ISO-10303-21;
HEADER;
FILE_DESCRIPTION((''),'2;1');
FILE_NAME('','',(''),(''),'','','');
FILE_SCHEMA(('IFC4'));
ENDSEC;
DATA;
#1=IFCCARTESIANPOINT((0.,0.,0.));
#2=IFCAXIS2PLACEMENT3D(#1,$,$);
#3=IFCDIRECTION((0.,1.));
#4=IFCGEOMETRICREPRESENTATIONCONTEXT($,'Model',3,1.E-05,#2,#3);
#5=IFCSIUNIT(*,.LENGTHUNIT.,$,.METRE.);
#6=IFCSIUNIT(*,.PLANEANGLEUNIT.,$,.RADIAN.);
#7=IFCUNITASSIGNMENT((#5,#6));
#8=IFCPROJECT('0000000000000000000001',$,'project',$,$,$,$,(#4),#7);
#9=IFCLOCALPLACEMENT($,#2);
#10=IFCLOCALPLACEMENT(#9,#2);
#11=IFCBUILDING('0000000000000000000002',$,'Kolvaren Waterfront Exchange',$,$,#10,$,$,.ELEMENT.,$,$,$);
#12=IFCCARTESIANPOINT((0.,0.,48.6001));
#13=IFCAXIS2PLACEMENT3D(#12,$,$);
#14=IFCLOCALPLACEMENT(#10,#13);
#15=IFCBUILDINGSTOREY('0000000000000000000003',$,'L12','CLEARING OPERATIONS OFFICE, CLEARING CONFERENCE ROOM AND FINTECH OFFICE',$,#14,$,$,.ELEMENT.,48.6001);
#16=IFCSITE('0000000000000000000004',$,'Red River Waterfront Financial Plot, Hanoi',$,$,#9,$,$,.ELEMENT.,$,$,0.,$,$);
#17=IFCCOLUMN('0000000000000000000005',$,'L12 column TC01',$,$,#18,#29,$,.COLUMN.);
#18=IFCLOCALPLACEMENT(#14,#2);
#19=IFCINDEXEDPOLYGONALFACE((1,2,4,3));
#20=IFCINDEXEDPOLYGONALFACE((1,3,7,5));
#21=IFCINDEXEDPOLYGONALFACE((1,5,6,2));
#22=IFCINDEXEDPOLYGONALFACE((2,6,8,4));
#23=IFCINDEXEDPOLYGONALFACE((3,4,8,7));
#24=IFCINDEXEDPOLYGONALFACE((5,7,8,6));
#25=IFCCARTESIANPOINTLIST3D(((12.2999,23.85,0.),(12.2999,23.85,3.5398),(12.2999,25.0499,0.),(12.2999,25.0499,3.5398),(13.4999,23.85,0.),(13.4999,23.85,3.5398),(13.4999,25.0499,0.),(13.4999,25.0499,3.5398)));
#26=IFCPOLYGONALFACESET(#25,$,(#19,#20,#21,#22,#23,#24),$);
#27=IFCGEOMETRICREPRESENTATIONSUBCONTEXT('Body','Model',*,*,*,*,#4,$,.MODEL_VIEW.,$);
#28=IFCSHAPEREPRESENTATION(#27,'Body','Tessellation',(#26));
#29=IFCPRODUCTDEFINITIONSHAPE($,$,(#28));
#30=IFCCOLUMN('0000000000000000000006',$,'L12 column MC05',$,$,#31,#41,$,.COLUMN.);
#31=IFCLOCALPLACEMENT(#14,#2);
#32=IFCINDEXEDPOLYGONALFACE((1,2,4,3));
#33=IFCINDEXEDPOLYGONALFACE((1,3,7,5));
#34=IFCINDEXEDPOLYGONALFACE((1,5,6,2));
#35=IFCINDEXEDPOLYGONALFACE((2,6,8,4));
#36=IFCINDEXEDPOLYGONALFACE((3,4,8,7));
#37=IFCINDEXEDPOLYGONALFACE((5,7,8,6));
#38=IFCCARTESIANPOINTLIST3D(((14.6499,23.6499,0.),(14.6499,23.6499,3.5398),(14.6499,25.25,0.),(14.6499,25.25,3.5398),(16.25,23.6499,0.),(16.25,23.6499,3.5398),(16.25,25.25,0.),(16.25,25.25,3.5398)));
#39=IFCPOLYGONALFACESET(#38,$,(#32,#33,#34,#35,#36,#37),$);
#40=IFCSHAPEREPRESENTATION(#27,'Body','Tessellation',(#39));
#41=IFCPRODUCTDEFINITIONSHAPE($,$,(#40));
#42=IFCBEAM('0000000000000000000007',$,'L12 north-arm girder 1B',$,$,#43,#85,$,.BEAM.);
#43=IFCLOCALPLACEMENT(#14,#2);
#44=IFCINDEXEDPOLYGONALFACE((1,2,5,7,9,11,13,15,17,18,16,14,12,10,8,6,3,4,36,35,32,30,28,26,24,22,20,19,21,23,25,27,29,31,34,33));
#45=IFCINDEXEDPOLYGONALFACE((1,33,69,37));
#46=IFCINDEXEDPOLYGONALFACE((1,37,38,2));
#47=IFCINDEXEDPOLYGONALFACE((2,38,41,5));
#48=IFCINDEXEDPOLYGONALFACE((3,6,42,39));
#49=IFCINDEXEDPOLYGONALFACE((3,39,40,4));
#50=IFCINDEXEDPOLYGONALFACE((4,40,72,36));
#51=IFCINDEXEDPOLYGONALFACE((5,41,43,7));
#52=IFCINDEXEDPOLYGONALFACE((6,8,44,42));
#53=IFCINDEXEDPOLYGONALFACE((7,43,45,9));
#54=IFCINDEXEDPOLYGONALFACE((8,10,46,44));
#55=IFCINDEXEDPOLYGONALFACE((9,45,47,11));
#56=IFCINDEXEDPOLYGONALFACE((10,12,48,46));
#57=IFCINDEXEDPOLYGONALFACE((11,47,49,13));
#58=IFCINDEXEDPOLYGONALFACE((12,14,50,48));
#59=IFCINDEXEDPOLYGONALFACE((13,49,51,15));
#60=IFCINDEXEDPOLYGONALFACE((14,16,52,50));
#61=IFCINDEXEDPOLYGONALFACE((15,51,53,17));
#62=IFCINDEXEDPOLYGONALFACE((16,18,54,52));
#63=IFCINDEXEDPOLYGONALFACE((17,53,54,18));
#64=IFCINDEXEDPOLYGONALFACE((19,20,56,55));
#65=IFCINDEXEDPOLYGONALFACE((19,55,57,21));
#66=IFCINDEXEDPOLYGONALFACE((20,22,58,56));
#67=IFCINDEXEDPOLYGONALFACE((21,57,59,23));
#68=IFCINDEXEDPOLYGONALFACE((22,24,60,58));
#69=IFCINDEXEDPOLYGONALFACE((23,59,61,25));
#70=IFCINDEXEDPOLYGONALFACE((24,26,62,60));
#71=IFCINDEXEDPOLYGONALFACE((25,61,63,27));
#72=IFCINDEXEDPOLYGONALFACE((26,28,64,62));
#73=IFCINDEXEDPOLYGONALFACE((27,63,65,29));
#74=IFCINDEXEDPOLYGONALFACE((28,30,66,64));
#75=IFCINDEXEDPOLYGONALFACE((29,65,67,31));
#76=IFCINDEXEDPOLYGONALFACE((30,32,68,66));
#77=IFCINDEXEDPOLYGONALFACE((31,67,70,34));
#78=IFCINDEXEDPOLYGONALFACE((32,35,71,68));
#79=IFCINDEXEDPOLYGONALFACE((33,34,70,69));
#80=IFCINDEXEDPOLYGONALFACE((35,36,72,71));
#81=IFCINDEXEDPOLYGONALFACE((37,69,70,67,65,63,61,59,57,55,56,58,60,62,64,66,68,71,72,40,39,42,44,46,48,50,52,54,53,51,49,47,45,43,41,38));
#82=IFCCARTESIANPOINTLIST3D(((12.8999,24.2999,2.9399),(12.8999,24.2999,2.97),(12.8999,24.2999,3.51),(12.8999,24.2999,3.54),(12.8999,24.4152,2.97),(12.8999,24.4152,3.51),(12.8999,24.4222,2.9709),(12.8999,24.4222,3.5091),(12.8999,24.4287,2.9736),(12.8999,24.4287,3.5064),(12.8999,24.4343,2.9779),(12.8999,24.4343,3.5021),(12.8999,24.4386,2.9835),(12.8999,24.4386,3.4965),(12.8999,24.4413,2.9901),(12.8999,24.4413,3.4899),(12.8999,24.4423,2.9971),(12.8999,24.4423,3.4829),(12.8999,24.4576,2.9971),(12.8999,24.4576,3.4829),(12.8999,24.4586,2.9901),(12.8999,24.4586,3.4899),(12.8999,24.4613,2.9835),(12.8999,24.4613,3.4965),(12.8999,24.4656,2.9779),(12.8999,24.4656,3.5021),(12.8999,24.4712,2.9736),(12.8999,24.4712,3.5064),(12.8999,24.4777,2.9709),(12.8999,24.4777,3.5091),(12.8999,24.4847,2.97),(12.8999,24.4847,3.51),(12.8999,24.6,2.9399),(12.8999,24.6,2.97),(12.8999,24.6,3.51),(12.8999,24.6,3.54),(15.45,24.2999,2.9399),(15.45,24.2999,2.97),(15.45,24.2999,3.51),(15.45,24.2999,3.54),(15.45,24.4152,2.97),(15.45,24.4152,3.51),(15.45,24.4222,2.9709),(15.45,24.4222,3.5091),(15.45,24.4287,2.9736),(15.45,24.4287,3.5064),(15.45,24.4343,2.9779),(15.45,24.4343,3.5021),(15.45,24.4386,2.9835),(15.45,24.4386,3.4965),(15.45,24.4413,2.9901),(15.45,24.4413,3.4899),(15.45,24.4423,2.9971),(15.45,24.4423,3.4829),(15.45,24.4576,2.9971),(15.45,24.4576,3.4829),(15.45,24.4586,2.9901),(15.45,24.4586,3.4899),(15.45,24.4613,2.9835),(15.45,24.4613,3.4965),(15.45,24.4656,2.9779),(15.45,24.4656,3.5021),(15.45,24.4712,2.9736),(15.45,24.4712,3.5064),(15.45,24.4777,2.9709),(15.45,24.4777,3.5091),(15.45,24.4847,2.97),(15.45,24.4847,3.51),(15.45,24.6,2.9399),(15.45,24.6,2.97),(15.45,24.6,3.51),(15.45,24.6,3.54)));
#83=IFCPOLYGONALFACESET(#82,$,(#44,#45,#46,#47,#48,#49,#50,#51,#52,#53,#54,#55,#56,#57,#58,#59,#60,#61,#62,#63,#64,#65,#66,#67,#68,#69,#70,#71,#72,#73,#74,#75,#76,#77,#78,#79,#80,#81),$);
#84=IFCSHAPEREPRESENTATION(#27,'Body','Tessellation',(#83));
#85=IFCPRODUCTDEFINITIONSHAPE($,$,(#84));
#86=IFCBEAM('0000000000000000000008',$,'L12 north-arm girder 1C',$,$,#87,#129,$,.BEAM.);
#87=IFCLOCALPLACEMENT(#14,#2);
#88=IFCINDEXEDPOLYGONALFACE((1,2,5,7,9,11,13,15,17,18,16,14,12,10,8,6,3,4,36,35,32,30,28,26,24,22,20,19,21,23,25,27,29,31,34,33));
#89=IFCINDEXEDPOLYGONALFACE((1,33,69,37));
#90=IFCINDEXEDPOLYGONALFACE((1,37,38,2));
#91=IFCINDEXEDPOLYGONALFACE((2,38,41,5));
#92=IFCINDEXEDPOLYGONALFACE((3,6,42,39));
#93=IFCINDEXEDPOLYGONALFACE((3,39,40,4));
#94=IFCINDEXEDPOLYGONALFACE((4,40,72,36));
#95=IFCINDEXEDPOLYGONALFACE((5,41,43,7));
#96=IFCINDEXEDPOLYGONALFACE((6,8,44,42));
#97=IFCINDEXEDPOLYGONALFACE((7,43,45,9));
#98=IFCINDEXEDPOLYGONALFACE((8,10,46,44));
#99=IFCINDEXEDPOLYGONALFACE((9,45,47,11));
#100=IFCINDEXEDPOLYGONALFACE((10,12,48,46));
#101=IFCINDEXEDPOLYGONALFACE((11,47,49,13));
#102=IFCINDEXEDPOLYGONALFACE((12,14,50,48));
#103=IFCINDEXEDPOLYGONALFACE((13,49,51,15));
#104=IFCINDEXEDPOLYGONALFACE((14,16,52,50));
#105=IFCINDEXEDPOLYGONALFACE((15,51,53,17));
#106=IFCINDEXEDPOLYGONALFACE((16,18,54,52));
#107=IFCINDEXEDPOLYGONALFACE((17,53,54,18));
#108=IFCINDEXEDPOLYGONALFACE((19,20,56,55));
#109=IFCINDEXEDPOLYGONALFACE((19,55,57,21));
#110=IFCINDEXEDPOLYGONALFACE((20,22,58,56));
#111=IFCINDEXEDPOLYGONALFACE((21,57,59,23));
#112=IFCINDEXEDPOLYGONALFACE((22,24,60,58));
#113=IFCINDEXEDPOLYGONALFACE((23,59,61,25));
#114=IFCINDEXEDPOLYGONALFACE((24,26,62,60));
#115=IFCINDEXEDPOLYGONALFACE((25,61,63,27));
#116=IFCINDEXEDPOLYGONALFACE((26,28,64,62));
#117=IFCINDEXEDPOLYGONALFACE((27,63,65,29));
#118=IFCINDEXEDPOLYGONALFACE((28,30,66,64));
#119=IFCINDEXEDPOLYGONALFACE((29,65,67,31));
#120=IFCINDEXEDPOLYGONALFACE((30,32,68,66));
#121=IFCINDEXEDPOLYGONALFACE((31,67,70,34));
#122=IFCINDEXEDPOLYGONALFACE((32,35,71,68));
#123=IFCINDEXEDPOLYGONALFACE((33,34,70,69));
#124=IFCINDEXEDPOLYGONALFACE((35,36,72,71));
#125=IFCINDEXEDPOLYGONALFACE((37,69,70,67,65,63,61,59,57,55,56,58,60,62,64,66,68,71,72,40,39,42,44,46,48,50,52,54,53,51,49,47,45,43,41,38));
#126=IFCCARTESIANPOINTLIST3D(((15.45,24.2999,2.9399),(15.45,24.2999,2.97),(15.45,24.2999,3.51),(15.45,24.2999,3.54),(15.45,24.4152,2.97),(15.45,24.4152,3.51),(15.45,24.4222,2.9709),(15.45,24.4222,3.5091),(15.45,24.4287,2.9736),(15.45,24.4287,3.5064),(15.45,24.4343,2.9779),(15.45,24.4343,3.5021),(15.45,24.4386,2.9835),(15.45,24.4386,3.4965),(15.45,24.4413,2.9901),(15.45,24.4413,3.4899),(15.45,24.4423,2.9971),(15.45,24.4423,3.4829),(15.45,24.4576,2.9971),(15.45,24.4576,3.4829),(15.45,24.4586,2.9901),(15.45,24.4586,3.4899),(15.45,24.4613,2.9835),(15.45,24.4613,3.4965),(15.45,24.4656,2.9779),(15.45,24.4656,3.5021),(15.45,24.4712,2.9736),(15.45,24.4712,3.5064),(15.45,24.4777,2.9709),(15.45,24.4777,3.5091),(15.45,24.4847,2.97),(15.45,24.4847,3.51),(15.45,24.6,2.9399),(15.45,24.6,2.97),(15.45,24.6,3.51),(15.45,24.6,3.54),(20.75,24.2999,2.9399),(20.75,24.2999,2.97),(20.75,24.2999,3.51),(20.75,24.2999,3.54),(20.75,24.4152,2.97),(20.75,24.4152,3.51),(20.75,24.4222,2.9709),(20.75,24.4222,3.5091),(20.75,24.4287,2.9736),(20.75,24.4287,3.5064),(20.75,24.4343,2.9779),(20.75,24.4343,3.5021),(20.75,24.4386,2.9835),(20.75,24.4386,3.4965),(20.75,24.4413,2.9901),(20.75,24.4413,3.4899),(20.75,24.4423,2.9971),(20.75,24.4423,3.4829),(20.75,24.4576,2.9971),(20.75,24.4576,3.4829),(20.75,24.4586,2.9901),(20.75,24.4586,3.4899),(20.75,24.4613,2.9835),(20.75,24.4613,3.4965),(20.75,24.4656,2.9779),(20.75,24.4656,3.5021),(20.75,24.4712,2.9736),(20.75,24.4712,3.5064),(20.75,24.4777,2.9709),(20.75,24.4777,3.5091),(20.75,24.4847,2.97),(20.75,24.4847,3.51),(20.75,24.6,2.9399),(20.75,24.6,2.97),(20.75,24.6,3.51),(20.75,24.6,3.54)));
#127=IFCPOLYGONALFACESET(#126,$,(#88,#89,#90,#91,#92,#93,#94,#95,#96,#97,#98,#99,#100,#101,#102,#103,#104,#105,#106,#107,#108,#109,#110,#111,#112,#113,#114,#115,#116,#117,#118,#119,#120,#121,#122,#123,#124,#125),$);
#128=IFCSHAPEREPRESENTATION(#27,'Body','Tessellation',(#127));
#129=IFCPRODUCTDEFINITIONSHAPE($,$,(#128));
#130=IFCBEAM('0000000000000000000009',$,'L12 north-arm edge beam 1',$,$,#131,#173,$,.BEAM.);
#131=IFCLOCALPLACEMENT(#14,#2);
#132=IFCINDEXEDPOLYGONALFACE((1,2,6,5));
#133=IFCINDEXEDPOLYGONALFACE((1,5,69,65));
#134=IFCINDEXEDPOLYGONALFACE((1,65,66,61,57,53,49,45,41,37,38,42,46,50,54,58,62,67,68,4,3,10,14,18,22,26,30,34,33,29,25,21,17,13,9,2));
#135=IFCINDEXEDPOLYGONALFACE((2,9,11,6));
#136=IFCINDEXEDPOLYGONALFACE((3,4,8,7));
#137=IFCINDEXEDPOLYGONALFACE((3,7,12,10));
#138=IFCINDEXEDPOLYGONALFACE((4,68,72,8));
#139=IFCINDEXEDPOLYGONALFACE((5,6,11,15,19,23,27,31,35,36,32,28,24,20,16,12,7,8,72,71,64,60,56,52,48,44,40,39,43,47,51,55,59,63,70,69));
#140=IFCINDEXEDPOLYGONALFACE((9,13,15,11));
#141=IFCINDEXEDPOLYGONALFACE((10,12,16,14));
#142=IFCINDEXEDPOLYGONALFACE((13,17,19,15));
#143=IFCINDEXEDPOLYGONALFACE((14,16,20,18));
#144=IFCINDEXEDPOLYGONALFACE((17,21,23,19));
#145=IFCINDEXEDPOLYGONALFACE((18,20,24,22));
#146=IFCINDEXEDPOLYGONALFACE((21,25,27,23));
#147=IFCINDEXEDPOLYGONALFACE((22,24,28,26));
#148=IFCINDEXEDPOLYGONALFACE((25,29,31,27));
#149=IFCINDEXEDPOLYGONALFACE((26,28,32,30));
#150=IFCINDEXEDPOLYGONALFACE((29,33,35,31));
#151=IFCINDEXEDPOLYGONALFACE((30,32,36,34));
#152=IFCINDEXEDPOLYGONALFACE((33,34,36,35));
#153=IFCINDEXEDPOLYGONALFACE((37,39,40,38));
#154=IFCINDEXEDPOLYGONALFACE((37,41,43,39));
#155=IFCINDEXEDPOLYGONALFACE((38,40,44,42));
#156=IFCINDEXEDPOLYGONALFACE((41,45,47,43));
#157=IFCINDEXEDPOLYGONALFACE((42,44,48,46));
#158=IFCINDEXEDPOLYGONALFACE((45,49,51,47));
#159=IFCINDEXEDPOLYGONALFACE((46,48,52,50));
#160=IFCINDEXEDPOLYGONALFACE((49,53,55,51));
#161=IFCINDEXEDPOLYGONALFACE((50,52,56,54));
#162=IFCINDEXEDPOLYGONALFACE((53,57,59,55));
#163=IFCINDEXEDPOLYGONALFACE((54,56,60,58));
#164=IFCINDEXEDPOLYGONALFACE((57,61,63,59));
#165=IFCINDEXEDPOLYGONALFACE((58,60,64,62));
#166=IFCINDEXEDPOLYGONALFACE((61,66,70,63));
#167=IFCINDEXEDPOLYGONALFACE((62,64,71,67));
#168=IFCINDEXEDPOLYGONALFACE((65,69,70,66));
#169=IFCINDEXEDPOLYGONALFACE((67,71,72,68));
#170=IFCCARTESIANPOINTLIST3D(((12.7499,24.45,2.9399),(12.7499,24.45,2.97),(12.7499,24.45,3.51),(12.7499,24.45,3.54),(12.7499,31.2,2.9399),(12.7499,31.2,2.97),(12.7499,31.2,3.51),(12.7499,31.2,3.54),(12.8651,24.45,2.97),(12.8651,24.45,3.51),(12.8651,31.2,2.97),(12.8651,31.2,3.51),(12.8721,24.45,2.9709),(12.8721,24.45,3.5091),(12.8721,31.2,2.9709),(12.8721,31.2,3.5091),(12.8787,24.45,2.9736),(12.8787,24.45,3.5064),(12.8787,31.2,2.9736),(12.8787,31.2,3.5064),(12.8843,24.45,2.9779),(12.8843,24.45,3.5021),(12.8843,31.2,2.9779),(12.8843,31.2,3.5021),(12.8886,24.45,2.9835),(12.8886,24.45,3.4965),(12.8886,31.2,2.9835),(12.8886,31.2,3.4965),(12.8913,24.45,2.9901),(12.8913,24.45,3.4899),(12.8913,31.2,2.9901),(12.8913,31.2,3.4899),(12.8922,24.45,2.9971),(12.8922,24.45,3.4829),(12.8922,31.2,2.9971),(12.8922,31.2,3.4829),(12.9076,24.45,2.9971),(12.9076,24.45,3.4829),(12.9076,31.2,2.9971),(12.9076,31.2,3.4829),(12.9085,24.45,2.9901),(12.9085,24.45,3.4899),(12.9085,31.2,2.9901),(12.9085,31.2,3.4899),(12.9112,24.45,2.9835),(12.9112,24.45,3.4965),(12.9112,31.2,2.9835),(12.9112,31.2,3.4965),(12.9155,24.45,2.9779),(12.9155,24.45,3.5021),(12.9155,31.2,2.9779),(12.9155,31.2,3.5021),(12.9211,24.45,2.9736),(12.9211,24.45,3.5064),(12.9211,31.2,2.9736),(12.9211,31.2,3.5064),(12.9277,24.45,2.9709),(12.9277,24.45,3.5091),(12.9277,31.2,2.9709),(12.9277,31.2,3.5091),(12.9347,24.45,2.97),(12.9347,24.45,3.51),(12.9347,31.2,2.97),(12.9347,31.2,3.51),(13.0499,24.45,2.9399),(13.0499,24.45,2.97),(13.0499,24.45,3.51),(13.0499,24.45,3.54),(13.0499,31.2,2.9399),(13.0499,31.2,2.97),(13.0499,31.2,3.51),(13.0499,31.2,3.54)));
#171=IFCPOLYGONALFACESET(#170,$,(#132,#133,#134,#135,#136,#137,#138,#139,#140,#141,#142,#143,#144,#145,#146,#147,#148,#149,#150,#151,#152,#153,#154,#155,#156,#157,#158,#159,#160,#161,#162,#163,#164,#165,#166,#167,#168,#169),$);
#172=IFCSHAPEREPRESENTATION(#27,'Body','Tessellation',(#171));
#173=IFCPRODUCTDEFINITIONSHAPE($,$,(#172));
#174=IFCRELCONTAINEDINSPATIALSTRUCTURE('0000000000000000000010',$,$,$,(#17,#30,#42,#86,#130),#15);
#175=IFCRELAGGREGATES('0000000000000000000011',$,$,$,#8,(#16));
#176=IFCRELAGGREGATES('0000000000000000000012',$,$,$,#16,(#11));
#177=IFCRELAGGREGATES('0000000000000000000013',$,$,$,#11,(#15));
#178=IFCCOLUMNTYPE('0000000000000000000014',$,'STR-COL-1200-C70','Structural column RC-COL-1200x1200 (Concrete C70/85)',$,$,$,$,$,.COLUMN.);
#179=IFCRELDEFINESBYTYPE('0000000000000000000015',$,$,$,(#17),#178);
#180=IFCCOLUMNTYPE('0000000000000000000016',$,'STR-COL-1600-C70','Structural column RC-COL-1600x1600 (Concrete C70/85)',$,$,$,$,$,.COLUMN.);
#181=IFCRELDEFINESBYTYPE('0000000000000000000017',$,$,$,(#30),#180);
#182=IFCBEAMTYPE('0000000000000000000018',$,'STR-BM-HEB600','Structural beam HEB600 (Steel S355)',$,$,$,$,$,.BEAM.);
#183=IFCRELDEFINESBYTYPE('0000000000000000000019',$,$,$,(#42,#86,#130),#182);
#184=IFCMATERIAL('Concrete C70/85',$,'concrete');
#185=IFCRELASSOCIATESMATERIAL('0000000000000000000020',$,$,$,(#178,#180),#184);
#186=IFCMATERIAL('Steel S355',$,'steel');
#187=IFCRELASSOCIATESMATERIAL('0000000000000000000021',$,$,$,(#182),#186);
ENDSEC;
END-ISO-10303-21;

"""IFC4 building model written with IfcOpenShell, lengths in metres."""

from ifc_helpers import new_model, si_unit, direction, frame, origin, origin_2d, place, context, subcontext, project, spatial, rectangle, i_section, extrude, material, material_profile, profile_set, type_object, element, save


model = new_model("IFC4")

# Units and contexts
model_context = context("Model", 3, precision=1e-05, world=origin(), true_north=direction((0.0, 1.0)))
body_context = subcontext(model_context, "Body", "Model", "MODEL_VIEW")
ifc_project = project(units=[si_unit("LENGTHUNIT", "METRE"), si_unit("PLANEANGLEUNIT", "RADIAN")], contexts=[model_context])

# Site, building, storey
site_placement = place(None, origin())
site = spatial("IfcSite", under=ifc_project, at=site_placement, Name="Red River Waterfront Financial Plot, Hanoi", CompositionType="ELEMENT", RefElevation=0.0)
building_placement = place(site_placement, origin())
building = spatial("IfcBuilding", under=site, at=building_placement, Name="Kolvaren Waterfront Exchange", CompositionType="ELEMENT")
storey_placement = place(building_placement, frame((0.0, 0.0, 48.6001)))
storey = spatial("IfcBuildingStorey", under=building, at=storey_placement, Name="L12", Description="CLEARING OPERATIONS OFFICE, CLEARING CONFERENCE ROOM AND FINTECH OFFICE", CompositionType="ELEMENT", Elevation=48.6001)

# Columns
ifc_material_1 = material(Name="Concrete C70/85", Category="concrete")
ifc_material_profile_1 = material_profile(ifc_material_1, rectangle(XDim=1.2, YDim=1.2, at=origin_2d()), Name="RC-COL-1200x1200")
ifc_profile_set_1 = profile_set([ifc_material_profile_1], Name="Concrete C70/85")
column_type_1 = type_object("IfcColumnType", Name="STR-COL-1200-C70", Description="Structural column RC-COL-1200x1200 (Concrete C70/85)", PredefinedType="COLUMN", material=ifc_profile_set_1)
column_1_placement = place(storey_placement, frame((12.8999, 24.45, 0.0), z_axis=(0.0, 0.0, 1.0), x_axis=(1.0, 0.0, 0.0)))
element("IfcColumn", 1, at=column_1_placement, inside=storey, type_object=column_type_1, Name="L12 column TC01", PredefinedType="COLUMN", context=body_context, shape_type="SweptSolid", body=[
    extrude(rectangle(XDim=1.2, YDim=1.2, at=origin_2d()), origin(), (0.0, 0.0, 1.0), 3.5398),
])
ifc_material_profile_2 = material_profile(ifc_material_1, rectangle(XDim=1.6001, YDim=1.6001, at=origin_2d()), Name="RC-COL-1600x1600")
ifc_profile_set_2 = profile_set([ifc_material_profile_2], Name="Concrete C70/85")
column_type_2 = type_object("IfcColumnType", Name="STR-COL-1600-C70", Description="Structural column RC-COL-1600x1600 (Concrete C70/85)", PredefinedType="COLUMN", material=ifc_profile_set_2)
column_2_placement = place(storey_placement, frame((15.45, 24.45, 0.0), z_axis=(0.0, 0.0, 1.0), x_axis=(1.0, 0.0, 0.0)))
element("IfcColumn", 2, at=column_2_placement, inside=storey, type_object=column_type_2, Name="L12 column MC05", PredefinedType="COLUMN", context=body_context, shape_type="SweptSolid", body=[
    extrude(rectangle(XDim=1.6001, YDim=1.6001, at=origin_2d()), origin(), (0.0, 0.0, 1.0), 3.5398),
])

# Beams
ifc_material_2 = material(Name="Steel S355", Category="steel")
ifc_material_profile_3 = material_profile(ifc_material_2, i_section(OverallWidth=0.3, OverallDepth=0.6001, WebThickness=0.0154, FlangeThickness=0.03, FilletRadius=0.0271, at=origin_2d()), Name="HEB600")
ifc_profile_set_3 = profile_set([ifc_material_profile_3], Name="Steel S355")
beam_type_1 = type_object("IfcBeamType", Name="STR-BM-HEB600", Description="Structural beam HEB600 (Steel S355)", PredefinedType="BEAM", material=ifc_profile_set_3)
beam_1_placement = place(storey_placement, frame((12.8999, 24.45, 3.24), z_axis=(1.0, 0.0, 0.0), x_axis=(0.0, 1.0, 0.0)))
element("IfcBeam", 3, at=beam_1_placement, inside=storey, type_object=beam_type_1, Name="L12 north-arm girder 1B", PredefinedType="BEAM", context=body_context, shape_type="SweptSolid", body=[
    extrude(i_section(OverallWidth=0.3, OverallDepth=0.6001, WebThickness=0.0154, FlangeThickness=0.03, FilletRadius=0.0271, at=origin_2d()), origin(), (0.0, 0.0, 1.0), 2.55),
])
beam_2_placement = place(storey_placement, frame((15.45, 24.45, 3.24), z_axis=(1.0, 0.0, 0.0), x_axis=(0.0, 1.0, 0.0)))
element("IfcBeam", 4, at=beam_2_placement, inside=storey, type_object=beam_type_1, Name="L12 north-arm girder 1C", PredefinedType="BEAM", context=body_context, shape_type="SweptSolid", body=[
    extrude(i_section(OverallWidth=0.3, OverallDepth=0.6001, WebThickness=0.0154, FlangeThickness=0.03, FilletRadius=0.0271, at=origin_2d()), origin(), (0.0, 0.0, 1.0), 5.3),
])
beam_3_placement = place(storey_placement, frame((12.8999, 24.45, 3.24), z_axis=(0.0, 1.0, 0.0), x_axis=(-1.0, 0.0, 0.0)))
element("IfcBeam", 5, at=beam_3_placement, inside=storey, type_object=beam_type_1, Name="L12 north-arm edge beam 1", PredefinedType="BEAM", context=body_context, shape_type="SweptSolid", body=[
    extrude(i_section(OverallWidth=0.3, OverallDepth=0.6001, WebThickness=0.0154, FlangeThickness=0.03, FilletRadius=0.0271, at=origin_2d()), origin(), (0.0, 0.0, 1.0), 6.75),
])

save(model, "model.ifc")
